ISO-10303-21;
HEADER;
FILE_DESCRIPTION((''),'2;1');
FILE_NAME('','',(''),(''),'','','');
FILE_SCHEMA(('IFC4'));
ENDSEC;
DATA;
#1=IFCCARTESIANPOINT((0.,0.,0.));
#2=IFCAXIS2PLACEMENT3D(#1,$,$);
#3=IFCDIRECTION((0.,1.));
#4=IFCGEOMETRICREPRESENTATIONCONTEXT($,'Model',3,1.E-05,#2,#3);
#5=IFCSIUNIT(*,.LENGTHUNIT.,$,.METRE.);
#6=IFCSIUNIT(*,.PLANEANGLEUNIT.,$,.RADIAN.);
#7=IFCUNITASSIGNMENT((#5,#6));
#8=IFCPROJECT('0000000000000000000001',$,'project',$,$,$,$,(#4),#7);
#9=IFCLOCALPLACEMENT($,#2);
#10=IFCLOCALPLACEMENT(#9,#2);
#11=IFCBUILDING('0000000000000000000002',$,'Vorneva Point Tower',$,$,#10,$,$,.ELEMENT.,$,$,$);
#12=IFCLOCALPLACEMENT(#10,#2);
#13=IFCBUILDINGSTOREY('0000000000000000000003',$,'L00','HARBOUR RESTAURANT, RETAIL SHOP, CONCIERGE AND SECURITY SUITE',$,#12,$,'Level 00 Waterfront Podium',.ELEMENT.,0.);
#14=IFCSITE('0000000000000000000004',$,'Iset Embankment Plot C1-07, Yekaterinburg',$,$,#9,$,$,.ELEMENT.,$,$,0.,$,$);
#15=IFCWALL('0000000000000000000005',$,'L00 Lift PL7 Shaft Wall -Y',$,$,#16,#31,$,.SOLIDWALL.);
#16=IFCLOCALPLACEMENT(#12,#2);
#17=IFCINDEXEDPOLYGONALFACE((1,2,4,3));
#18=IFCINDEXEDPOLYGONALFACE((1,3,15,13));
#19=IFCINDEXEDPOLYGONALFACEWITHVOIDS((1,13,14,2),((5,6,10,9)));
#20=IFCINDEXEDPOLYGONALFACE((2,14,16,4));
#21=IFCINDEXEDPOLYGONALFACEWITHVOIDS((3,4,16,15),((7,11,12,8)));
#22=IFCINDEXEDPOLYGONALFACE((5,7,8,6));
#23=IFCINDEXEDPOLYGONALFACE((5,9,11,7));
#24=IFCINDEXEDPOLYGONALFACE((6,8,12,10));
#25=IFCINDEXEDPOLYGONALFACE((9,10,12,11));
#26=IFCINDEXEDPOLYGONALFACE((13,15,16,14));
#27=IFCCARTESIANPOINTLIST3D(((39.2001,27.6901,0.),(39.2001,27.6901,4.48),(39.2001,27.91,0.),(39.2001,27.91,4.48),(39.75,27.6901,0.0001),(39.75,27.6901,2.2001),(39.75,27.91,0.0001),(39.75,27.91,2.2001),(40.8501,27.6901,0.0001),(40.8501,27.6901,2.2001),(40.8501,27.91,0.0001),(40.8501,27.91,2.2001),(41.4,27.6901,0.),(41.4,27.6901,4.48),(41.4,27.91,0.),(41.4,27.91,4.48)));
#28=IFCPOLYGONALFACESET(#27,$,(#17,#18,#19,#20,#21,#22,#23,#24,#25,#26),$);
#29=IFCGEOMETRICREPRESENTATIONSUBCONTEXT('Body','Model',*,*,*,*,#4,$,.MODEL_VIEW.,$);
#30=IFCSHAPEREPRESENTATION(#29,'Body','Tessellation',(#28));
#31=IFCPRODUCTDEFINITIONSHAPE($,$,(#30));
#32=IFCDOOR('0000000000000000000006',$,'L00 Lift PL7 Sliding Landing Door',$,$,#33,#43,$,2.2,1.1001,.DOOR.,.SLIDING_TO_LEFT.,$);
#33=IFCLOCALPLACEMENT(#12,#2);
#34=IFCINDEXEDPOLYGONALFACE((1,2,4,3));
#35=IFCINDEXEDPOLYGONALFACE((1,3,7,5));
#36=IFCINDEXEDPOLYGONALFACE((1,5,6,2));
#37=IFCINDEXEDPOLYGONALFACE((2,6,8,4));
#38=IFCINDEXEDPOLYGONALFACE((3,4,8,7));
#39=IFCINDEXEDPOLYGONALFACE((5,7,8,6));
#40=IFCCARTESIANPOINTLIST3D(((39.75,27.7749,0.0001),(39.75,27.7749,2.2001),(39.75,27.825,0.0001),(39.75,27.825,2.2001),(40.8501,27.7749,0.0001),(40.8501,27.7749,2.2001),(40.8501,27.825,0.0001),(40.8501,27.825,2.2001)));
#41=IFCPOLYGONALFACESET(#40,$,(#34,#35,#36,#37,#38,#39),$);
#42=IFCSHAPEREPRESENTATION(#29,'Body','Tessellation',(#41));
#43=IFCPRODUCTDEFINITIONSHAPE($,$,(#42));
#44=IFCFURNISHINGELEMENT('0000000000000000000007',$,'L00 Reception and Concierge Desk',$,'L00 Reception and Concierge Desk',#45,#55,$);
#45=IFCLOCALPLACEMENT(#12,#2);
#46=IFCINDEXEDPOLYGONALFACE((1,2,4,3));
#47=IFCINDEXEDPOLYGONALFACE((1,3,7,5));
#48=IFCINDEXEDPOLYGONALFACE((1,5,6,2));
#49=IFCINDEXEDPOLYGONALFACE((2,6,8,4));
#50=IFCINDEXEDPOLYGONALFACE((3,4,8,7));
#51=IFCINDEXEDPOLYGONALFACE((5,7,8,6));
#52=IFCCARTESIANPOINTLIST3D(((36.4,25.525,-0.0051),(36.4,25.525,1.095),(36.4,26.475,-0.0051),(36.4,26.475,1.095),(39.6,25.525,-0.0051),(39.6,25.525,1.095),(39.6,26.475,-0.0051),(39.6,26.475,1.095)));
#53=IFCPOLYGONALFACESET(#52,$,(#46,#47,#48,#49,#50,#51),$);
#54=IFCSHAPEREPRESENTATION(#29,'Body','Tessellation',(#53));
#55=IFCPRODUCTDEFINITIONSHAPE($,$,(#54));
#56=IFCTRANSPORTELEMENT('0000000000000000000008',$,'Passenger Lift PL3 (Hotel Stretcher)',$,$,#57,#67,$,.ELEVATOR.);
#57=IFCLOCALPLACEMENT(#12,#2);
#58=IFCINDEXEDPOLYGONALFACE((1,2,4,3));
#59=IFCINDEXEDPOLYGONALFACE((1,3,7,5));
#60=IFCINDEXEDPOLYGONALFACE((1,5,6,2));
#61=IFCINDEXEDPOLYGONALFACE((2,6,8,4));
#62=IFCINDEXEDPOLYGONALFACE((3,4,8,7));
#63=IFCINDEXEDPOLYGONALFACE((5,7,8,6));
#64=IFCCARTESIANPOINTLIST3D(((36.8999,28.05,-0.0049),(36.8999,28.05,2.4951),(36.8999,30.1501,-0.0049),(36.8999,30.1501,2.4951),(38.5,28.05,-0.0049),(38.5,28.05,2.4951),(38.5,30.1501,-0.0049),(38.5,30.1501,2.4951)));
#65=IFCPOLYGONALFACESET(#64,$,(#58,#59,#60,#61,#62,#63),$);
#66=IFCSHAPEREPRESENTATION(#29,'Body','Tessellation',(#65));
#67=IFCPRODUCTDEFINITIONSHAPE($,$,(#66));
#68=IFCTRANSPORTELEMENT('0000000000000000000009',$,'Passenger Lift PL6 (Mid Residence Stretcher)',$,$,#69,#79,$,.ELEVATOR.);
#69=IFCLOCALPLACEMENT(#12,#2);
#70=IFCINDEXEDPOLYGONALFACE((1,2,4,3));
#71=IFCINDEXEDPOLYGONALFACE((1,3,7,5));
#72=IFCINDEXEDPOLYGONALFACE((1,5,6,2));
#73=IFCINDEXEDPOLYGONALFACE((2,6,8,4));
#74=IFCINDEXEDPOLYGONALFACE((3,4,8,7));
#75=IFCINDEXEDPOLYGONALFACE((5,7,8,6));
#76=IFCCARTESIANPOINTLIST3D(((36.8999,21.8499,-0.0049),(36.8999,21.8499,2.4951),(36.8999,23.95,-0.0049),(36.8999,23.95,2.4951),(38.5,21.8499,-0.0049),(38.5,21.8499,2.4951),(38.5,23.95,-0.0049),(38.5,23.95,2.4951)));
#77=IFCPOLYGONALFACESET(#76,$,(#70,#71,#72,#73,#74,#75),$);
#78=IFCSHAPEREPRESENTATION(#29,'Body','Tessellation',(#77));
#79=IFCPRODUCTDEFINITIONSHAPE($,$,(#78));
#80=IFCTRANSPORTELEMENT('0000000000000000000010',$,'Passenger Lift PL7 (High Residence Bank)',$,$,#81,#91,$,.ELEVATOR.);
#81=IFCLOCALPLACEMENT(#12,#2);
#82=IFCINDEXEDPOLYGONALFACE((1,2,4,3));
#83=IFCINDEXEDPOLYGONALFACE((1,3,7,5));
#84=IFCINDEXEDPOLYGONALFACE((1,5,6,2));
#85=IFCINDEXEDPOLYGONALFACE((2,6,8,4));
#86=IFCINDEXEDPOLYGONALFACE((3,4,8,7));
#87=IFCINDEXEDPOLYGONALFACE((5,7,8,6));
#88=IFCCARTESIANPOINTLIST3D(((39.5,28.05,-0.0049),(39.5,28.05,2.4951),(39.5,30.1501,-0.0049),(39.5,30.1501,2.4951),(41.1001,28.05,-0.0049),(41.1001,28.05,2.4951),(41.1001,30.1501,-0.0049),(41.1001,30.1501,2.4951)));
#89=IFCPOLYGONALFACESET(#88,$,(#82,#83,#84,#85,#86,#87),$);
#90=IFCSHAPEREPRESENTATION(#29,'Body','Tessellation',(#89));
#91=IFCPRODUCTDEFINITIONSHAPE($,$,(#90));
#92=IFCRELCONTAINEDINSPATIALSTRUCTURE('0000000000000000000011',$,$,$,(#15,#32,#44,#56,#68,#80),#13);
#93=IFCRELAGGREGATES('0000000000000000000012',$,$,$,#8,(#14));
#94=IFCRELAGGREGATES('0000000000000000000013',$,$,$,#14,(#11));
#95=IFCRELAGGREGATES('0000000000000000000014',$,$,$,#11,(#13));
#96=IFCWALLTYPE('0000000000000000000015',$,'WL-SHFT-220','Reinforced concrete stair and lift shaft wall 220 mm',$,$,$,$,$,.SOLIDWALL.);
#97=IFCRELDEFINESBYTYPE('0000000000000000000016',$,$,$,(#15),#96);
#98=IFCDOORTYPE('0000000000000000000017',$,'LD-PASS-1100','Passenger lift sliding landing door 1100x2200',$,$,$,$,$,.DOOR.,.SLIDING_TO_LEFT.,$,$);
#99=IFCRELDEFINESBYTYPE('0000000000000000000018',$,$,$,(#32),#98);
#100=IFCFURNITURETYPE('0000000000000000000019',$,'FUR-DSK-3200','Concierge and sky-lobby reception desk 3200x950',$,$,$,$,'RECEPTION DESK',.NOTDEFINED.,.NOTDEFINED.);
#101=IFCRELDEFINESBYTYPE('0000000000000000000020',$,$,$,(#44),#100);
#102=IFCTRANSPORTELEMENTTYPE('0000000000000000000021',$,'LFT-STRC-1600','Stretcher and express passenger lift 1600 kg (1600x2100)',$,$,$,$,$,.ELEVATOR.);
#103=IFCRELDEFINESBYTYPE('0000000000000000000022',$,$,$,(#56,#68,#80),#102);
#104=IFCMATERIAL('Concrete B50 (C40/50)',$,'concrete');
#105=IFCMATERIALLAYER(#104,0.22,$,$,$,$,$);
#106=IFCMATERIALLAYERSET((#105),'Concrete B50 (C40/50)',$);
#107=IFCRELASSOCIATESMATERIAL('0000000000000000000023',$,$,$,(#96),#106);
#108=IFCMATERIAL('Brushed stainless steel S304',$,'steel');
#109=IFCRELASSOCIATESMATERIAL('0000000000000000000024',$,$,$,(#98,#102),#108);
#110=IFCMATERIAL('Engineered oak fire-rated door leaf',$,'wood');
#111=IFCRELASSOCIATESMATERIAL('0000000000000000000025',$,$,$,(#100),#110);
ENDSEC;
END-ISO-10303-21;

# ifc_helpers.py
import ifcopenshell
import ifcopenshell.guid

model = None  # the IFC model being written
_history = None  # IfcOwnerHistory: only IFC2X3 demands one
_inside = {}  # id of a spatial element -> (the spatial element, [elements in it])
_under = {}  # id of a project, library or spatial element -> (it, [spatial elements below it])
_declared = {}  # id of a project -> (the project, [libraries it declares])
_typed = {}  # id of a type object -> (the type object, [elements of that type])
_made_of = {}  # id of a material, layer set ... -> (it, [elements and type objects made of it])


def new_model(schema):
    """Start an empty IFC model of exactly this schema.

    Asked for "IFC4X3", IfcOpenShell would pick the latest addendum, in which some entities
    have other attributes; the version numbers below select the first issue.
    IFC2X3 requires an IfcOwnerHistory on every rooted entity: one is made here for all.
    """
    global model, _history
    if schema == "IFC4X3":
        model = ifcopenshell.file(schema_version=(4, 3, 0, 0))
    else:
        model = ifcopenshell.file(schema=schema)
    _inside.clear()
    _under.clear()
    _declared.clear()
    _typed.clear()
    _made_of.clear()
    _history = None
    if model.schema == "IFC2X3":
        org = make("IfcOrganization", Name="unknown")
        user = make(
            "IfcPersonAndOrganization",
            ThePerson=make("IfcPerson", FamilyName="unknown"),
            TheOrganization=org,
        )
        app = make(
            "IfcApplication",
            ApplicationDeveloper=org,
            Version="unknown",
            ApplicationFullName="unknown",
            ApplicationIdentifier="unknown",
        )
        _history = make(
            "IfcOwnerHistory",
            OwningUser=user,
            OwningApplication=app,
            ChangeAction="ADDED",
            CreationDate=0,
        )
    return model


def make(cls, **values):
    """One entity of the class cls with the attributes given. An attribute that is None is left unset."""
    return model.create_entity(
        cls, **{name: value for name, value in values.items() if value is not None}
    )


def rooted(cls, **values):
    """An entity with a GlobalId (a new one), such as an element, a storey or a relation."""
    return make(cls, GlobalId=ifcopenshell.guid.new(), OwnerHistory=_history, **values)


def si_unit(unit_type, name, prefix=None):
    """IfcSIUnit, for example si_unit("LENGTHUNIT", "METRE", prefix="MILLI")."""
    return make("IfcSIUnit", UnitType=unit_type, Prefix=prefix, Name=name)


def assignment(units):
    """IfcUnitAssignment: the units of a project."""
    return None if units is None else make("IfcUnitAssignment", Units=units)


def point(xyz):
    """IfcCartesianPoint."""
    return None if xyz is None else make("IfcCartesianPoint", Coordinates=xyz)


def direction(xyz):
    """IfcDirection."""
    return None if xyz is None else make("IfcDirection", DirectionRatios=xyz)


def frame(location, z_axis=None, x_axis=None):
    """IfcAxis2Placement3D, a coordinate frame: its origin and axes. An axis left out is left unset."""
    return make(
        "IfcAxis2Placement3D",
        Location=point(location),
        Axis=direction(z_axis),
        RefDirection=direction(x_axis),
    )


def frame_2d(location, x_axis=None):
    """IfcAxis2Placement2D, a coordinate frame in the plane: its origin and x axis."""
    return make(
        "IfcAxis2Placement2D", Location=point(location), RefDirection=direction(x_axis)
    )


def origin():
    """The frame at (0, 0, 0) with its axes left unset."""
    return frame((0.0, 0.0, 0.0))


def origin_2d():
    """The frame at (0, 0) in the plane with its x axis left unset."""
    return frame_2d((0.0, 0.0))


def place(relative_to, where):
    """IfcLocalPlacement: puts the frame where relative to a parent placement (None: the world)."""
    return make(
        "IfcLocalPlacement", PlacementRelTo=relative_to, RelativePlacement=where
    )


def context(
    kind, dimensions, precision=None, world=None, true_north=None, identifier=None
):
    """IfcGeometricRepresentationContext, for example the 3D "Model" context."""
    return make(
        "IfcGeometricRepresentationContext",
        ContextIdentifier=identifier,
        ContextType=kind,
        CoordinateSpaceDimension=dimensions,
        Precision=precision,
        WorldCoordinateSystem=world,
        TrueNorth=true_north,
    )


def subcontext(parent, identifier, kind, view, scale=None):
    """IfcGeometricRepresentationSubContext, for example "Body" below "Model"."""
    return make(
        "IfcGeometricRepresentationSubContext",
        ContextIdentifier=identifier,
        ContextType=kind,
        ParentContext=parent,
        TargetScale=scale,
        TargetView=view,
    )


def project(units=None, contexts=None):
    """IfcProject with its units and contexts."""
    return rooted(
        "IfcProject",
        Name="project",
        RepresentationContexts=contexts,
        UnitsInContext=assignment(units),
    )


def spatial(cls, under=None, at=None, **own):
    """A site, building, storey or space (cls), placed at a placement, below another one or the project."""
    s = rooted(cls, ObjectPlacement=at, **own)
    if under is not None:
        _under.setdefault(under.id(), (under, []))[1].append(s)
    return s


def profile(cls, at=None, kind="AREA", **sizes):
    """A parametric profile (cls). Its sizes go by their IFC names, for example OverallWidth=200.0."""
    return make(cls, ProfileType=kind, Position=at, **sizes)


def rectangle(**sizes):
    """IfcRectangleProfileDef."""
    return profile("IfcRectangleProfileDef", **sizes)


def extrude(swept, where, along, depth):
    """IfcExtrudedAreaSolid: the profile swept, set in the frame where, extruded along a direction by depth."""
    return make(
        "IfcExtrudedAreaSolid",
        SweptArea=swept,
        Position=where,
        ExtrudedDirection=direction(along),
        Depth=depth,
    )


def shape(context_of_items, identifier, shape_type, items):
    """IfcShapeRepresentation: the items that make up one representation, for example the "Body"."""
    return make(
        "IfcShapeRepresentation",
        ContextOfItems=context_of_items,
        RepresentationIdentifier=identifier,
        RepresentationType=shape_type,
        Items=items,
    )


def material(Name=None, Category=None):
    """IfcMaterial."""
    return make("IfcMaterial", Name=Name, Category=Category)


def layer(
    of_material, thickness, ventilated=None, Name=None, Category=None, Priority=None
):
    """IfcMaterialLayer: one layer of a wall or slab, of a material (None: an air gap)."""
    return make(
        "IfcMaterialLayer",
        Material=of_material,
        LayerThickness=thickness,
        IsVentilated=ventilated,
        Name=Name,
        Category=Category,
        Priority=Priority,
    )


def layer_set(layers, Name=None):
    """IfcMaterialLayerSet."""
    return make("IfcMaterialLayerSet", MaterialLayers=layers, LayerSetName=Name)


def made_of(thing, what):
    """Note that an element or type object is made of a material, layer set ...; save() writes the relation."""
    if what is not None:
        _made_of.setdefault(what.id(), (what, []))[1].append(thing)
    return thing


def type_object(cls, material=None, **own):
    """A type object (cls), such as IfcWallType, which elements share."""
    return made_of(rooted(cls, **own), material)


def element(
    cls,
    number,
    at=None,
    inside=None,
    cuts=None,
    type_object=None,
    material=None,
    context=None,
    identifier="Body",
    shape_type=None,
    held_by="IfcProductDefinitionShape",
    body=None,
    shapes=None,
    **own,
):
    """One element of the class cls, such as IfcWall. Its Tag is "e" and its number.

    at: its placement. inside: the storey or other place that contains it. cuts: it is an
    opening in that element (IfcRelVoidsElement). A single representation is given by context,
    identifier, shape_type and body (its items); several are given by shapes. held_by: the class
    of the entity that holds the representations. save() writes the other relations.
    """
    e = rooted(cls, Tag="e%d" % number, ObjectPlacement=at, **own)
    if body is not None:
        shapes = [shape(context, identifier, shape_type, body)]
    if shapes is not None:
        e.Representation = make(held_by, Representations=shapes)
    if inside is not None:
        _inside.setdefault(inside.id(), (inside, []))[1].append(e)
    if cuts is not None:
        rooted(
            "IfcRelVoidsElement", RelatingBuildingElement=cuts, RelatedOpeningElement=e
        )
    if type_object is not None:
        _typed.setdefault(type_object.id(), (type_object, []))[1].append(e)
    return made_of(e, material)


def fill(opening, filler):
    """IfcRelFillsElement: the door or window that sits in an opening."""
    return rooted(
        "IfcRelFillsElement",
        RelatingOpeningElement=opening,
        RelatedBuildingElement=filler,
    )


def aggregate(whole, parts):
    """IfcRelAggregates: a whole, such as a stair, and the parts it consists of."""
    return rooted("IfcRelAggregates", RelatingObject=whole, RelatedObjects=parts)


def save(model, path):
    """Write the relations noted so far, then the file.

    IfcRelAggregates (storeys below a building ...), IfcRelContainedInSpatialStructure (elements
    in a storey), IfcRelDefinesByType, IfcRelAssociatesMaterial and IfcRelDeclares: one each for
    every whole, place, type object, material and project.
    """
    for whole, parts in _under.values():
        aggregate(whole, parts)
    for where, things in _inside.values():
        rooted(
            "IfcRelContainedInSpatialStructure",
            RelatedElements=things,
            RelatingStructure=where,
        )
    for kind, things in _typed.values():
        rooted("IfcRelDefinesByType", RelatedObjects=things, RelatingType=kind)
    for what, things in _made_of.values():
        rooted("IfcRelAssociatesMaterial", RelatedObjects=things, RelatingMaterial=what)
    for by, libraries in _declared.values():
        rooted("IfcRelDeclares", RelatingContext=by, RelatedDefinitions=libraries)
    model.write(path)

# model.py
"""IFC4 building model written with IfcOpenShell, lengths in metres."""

from ifc_helpers import new_model, si_unit, direction, frame, frame_2d, origin, origin_2d, place, context, subcontext, project, spatial, rectangle, extrude, material, layer, layer_set, type_object, element, fill, save


model = new_model("IFC4")

# Units and contexts
model_context = context("Model", 3, precision=1e-05, world=origin(), true_north=direction((0.0, 1.0)))
body_context = subcontext(model_context, "Body", "Model", "MODEL_VIEW")
ifc_project = project(units=[si_unit("LENGTHUNIT", "METRE"), si_unit("PLANEANGLEUNIT", "RADIAN")], contexts=[model_context])

# Site, building, storey
site_placement = place(None, origin())
site = spatial("IfcSite", under=ifc_project, at=site_placement, Name="Iset Embankment Plot C1-07, Yekaterinburg", CompositionType="ELEMENT", RefElevation=0.0)
building_placement = place(site_placement, origin())
building = spatial("IfcBuilding", under=site, at=building_placement, Name="Vorneva Point Tower", CompositionType="ELEMENT")
storey_placement = place(building_placement, origin())
storey = spatial("IfcBuildingStorey", under=building, at=storey_placement, Name="L00", Description="HARBOUR RESTAURANT, RETAIL SHOP, CONCIERGE AND SECURITY SUITE", LongName="Level 00 Waterfront Podium", CompositionType="ELEMENT", Elevation=0.0)

# Shared definitions
ifc_material_1 = material(Name="Concrete B50 (C40/50)", Category="concrete")
ifc_layer_1 = layer(ifc_material_1, 0.22)
ifc_layer_set_1 = layer_set([ifc_layer_1], Name="Concrete B50 (C40/50)")
wall_type_1 = type_object("IfcWallType", Name="WL-SHFT-220", Description="Reinforced concrete stair and lift shaft wall 220 mm", PredefinedType="SOLIDWALL", material=ifc_layer_set_1)

# Shared definitions
ifc_material_2 = material(Name="Brushed stainless steel S304", Category="steel")
door_type_1 = type_object("IfcDoorType", Name="LD-PASS-1100", Description="Passenger lift sliding landing door 1100x2200", OperationType="SLIDING_TO_LEFT", PredefinedType="DOOR", material=ifc_material_2)

# Wall, opening, door
wall_1_placement = place(storey_placement, frame((39.2, 27.8, 0.0), z_axis=(0.0, 0.0, 1.0), x_axis=(1.0, 0.0, 0.0)))
wall_1 = element("IfcWall", 1, at=wall_1_placement, inside=storey, type_object=wall_type_1, Name="L00 Lift PL7 Shaft Wall -Y", PredefinedType="SOLIDWALL", context=body_context, shape_type="SweptSolid", body=[
    extrude(rectangle(XDim=2.2, YDim=0.22, at=frame_2d((1.1001, 0.0))), origin(), (0.0, 0.0, 1.0), 4.48),
])
opening_1_placement = place(wall_1_placement, frame((0.55, 0.0, 0.0)))
opening_1 = element("IfcOpeningElement", 2, at=opening_1_placement, cuts=wall_1, PredefinedType="OPENING", context=body_context, shape_type="SweptSolid", body=[
    extrude(rectangle(XDim=1.1001, YDim=2.2, at=frame_2d((0.55, 1.1001))), frame((0.0, 0.125, 0.0), z_axis=(0.0, -1.0, 0.0), x_axis=(1.0, 0.0, 0.0)), (0.0, 0.0, 1.0), 0.2498),
])
door_1_placement = place(opening_1_placement, origin())
door_1 = element("IfcDoor", 3, at=door_1_placement, inside=storey, type_object=door_type_1, Name="L00 Lift PL7 Sliding Landing Door", OperationType="SLIDING_TO_LEFT", OverallHeight=2.2, OverallWidth=1.1001, PredefinedType="DOOR", context=body_context, shape_type="SweptSolid", body=[
    extrude(rectangle(XDim=1.1001, YDim=2.2, at=frame_2d((0.55, 1.1001))), frame((0.0, 0.0249, 0.0), z_axis=(0.0, -1.0, 0.0), x_axis=(1.0, 0.0, 0.0)), (0.0, 0.0, 1.0), 0.05),
])
fill(opening_1, door_1)

# Furnishing element
ifc_material_3 = material(Name="Engineered oak fire-rated door leaf", Category="wood")
furniture_type = type_object("IfcFurnitureType", Name="FUR-DSK-3200", Description="Concierge and sky-lobby reception desk 3200x950", ElementType="RECEPTION DESK", AssemblyPlace="NOTDEFINED", PredefinedType="NOTDEFINED", material=ifc_material_3)
furnishing_placement = place(storey_placement, frame((38.0, 26.0, -0.0051), z_axis=(0.0, 0.0, 1.0), x_axis=(1.0, 0.0, 0.0)))
element("IfcFurnishingElement", 4, at=furnishing_placement, inside=storey, type_object=furniture_type, Name="L00 Reception and Concierge Desk", ObjectType="L00 Reception and Concierge Desk", context=body_context, shape_type="SweptSolid", body=[
    extrude(rectangle(XDim=3.2, YDim=0.95, at=origin_2d()), origin(), (0.0, 0.0, 1.0), 1.1001),
])

# Transport elements
transport_element_type = type_object("IfcTransportElementType", Name="LFT-STRC-1600", Description="Stretcher and express passenger lift 1600 kg (1600x2100)", PredefinedType="ELEVATOR", material=ifc_material_2)
for number, where, z_axis, x_axis, name in (
    (5, (37.7, 29.1001, -0.0049), (0.0, 0.0, 1.0), (1.0, 0.0, 0.0), "Passenger Lift PL3 (Hotel Stretcher)"),
    (6, (37.7, 22.8999, -0.0049), (0.0, 0.0, 1.0), (1.0, 0.0, 0.0), "Passenger Lift PL6 (Mid Residence Stretcher)"),
    (7, (40.3, 29.1001, -0.0049), (0.0, 0.0, 1.0), (1.0, 0.0, 0.0), "Passenger Lift PL7 (High Residence Bank)"),
):
    element("IfcTransportElement", number, at=place(storey_placement, frame(where, z_axis=z_axis, x_axis=x_axis)), inside=storey, type_object=transport_element_type, Name=name, PredefinedType="ELEVATOR", context=body_context, shape_type="SweptSolid", body=[
        extrude(rectangle(XDim=1.6001, YDim=2.1001, at=origin_2d()), origin(), (0.0, 0.0, 1.0), 2.5),
    ])

save(model, "model.ifc")
